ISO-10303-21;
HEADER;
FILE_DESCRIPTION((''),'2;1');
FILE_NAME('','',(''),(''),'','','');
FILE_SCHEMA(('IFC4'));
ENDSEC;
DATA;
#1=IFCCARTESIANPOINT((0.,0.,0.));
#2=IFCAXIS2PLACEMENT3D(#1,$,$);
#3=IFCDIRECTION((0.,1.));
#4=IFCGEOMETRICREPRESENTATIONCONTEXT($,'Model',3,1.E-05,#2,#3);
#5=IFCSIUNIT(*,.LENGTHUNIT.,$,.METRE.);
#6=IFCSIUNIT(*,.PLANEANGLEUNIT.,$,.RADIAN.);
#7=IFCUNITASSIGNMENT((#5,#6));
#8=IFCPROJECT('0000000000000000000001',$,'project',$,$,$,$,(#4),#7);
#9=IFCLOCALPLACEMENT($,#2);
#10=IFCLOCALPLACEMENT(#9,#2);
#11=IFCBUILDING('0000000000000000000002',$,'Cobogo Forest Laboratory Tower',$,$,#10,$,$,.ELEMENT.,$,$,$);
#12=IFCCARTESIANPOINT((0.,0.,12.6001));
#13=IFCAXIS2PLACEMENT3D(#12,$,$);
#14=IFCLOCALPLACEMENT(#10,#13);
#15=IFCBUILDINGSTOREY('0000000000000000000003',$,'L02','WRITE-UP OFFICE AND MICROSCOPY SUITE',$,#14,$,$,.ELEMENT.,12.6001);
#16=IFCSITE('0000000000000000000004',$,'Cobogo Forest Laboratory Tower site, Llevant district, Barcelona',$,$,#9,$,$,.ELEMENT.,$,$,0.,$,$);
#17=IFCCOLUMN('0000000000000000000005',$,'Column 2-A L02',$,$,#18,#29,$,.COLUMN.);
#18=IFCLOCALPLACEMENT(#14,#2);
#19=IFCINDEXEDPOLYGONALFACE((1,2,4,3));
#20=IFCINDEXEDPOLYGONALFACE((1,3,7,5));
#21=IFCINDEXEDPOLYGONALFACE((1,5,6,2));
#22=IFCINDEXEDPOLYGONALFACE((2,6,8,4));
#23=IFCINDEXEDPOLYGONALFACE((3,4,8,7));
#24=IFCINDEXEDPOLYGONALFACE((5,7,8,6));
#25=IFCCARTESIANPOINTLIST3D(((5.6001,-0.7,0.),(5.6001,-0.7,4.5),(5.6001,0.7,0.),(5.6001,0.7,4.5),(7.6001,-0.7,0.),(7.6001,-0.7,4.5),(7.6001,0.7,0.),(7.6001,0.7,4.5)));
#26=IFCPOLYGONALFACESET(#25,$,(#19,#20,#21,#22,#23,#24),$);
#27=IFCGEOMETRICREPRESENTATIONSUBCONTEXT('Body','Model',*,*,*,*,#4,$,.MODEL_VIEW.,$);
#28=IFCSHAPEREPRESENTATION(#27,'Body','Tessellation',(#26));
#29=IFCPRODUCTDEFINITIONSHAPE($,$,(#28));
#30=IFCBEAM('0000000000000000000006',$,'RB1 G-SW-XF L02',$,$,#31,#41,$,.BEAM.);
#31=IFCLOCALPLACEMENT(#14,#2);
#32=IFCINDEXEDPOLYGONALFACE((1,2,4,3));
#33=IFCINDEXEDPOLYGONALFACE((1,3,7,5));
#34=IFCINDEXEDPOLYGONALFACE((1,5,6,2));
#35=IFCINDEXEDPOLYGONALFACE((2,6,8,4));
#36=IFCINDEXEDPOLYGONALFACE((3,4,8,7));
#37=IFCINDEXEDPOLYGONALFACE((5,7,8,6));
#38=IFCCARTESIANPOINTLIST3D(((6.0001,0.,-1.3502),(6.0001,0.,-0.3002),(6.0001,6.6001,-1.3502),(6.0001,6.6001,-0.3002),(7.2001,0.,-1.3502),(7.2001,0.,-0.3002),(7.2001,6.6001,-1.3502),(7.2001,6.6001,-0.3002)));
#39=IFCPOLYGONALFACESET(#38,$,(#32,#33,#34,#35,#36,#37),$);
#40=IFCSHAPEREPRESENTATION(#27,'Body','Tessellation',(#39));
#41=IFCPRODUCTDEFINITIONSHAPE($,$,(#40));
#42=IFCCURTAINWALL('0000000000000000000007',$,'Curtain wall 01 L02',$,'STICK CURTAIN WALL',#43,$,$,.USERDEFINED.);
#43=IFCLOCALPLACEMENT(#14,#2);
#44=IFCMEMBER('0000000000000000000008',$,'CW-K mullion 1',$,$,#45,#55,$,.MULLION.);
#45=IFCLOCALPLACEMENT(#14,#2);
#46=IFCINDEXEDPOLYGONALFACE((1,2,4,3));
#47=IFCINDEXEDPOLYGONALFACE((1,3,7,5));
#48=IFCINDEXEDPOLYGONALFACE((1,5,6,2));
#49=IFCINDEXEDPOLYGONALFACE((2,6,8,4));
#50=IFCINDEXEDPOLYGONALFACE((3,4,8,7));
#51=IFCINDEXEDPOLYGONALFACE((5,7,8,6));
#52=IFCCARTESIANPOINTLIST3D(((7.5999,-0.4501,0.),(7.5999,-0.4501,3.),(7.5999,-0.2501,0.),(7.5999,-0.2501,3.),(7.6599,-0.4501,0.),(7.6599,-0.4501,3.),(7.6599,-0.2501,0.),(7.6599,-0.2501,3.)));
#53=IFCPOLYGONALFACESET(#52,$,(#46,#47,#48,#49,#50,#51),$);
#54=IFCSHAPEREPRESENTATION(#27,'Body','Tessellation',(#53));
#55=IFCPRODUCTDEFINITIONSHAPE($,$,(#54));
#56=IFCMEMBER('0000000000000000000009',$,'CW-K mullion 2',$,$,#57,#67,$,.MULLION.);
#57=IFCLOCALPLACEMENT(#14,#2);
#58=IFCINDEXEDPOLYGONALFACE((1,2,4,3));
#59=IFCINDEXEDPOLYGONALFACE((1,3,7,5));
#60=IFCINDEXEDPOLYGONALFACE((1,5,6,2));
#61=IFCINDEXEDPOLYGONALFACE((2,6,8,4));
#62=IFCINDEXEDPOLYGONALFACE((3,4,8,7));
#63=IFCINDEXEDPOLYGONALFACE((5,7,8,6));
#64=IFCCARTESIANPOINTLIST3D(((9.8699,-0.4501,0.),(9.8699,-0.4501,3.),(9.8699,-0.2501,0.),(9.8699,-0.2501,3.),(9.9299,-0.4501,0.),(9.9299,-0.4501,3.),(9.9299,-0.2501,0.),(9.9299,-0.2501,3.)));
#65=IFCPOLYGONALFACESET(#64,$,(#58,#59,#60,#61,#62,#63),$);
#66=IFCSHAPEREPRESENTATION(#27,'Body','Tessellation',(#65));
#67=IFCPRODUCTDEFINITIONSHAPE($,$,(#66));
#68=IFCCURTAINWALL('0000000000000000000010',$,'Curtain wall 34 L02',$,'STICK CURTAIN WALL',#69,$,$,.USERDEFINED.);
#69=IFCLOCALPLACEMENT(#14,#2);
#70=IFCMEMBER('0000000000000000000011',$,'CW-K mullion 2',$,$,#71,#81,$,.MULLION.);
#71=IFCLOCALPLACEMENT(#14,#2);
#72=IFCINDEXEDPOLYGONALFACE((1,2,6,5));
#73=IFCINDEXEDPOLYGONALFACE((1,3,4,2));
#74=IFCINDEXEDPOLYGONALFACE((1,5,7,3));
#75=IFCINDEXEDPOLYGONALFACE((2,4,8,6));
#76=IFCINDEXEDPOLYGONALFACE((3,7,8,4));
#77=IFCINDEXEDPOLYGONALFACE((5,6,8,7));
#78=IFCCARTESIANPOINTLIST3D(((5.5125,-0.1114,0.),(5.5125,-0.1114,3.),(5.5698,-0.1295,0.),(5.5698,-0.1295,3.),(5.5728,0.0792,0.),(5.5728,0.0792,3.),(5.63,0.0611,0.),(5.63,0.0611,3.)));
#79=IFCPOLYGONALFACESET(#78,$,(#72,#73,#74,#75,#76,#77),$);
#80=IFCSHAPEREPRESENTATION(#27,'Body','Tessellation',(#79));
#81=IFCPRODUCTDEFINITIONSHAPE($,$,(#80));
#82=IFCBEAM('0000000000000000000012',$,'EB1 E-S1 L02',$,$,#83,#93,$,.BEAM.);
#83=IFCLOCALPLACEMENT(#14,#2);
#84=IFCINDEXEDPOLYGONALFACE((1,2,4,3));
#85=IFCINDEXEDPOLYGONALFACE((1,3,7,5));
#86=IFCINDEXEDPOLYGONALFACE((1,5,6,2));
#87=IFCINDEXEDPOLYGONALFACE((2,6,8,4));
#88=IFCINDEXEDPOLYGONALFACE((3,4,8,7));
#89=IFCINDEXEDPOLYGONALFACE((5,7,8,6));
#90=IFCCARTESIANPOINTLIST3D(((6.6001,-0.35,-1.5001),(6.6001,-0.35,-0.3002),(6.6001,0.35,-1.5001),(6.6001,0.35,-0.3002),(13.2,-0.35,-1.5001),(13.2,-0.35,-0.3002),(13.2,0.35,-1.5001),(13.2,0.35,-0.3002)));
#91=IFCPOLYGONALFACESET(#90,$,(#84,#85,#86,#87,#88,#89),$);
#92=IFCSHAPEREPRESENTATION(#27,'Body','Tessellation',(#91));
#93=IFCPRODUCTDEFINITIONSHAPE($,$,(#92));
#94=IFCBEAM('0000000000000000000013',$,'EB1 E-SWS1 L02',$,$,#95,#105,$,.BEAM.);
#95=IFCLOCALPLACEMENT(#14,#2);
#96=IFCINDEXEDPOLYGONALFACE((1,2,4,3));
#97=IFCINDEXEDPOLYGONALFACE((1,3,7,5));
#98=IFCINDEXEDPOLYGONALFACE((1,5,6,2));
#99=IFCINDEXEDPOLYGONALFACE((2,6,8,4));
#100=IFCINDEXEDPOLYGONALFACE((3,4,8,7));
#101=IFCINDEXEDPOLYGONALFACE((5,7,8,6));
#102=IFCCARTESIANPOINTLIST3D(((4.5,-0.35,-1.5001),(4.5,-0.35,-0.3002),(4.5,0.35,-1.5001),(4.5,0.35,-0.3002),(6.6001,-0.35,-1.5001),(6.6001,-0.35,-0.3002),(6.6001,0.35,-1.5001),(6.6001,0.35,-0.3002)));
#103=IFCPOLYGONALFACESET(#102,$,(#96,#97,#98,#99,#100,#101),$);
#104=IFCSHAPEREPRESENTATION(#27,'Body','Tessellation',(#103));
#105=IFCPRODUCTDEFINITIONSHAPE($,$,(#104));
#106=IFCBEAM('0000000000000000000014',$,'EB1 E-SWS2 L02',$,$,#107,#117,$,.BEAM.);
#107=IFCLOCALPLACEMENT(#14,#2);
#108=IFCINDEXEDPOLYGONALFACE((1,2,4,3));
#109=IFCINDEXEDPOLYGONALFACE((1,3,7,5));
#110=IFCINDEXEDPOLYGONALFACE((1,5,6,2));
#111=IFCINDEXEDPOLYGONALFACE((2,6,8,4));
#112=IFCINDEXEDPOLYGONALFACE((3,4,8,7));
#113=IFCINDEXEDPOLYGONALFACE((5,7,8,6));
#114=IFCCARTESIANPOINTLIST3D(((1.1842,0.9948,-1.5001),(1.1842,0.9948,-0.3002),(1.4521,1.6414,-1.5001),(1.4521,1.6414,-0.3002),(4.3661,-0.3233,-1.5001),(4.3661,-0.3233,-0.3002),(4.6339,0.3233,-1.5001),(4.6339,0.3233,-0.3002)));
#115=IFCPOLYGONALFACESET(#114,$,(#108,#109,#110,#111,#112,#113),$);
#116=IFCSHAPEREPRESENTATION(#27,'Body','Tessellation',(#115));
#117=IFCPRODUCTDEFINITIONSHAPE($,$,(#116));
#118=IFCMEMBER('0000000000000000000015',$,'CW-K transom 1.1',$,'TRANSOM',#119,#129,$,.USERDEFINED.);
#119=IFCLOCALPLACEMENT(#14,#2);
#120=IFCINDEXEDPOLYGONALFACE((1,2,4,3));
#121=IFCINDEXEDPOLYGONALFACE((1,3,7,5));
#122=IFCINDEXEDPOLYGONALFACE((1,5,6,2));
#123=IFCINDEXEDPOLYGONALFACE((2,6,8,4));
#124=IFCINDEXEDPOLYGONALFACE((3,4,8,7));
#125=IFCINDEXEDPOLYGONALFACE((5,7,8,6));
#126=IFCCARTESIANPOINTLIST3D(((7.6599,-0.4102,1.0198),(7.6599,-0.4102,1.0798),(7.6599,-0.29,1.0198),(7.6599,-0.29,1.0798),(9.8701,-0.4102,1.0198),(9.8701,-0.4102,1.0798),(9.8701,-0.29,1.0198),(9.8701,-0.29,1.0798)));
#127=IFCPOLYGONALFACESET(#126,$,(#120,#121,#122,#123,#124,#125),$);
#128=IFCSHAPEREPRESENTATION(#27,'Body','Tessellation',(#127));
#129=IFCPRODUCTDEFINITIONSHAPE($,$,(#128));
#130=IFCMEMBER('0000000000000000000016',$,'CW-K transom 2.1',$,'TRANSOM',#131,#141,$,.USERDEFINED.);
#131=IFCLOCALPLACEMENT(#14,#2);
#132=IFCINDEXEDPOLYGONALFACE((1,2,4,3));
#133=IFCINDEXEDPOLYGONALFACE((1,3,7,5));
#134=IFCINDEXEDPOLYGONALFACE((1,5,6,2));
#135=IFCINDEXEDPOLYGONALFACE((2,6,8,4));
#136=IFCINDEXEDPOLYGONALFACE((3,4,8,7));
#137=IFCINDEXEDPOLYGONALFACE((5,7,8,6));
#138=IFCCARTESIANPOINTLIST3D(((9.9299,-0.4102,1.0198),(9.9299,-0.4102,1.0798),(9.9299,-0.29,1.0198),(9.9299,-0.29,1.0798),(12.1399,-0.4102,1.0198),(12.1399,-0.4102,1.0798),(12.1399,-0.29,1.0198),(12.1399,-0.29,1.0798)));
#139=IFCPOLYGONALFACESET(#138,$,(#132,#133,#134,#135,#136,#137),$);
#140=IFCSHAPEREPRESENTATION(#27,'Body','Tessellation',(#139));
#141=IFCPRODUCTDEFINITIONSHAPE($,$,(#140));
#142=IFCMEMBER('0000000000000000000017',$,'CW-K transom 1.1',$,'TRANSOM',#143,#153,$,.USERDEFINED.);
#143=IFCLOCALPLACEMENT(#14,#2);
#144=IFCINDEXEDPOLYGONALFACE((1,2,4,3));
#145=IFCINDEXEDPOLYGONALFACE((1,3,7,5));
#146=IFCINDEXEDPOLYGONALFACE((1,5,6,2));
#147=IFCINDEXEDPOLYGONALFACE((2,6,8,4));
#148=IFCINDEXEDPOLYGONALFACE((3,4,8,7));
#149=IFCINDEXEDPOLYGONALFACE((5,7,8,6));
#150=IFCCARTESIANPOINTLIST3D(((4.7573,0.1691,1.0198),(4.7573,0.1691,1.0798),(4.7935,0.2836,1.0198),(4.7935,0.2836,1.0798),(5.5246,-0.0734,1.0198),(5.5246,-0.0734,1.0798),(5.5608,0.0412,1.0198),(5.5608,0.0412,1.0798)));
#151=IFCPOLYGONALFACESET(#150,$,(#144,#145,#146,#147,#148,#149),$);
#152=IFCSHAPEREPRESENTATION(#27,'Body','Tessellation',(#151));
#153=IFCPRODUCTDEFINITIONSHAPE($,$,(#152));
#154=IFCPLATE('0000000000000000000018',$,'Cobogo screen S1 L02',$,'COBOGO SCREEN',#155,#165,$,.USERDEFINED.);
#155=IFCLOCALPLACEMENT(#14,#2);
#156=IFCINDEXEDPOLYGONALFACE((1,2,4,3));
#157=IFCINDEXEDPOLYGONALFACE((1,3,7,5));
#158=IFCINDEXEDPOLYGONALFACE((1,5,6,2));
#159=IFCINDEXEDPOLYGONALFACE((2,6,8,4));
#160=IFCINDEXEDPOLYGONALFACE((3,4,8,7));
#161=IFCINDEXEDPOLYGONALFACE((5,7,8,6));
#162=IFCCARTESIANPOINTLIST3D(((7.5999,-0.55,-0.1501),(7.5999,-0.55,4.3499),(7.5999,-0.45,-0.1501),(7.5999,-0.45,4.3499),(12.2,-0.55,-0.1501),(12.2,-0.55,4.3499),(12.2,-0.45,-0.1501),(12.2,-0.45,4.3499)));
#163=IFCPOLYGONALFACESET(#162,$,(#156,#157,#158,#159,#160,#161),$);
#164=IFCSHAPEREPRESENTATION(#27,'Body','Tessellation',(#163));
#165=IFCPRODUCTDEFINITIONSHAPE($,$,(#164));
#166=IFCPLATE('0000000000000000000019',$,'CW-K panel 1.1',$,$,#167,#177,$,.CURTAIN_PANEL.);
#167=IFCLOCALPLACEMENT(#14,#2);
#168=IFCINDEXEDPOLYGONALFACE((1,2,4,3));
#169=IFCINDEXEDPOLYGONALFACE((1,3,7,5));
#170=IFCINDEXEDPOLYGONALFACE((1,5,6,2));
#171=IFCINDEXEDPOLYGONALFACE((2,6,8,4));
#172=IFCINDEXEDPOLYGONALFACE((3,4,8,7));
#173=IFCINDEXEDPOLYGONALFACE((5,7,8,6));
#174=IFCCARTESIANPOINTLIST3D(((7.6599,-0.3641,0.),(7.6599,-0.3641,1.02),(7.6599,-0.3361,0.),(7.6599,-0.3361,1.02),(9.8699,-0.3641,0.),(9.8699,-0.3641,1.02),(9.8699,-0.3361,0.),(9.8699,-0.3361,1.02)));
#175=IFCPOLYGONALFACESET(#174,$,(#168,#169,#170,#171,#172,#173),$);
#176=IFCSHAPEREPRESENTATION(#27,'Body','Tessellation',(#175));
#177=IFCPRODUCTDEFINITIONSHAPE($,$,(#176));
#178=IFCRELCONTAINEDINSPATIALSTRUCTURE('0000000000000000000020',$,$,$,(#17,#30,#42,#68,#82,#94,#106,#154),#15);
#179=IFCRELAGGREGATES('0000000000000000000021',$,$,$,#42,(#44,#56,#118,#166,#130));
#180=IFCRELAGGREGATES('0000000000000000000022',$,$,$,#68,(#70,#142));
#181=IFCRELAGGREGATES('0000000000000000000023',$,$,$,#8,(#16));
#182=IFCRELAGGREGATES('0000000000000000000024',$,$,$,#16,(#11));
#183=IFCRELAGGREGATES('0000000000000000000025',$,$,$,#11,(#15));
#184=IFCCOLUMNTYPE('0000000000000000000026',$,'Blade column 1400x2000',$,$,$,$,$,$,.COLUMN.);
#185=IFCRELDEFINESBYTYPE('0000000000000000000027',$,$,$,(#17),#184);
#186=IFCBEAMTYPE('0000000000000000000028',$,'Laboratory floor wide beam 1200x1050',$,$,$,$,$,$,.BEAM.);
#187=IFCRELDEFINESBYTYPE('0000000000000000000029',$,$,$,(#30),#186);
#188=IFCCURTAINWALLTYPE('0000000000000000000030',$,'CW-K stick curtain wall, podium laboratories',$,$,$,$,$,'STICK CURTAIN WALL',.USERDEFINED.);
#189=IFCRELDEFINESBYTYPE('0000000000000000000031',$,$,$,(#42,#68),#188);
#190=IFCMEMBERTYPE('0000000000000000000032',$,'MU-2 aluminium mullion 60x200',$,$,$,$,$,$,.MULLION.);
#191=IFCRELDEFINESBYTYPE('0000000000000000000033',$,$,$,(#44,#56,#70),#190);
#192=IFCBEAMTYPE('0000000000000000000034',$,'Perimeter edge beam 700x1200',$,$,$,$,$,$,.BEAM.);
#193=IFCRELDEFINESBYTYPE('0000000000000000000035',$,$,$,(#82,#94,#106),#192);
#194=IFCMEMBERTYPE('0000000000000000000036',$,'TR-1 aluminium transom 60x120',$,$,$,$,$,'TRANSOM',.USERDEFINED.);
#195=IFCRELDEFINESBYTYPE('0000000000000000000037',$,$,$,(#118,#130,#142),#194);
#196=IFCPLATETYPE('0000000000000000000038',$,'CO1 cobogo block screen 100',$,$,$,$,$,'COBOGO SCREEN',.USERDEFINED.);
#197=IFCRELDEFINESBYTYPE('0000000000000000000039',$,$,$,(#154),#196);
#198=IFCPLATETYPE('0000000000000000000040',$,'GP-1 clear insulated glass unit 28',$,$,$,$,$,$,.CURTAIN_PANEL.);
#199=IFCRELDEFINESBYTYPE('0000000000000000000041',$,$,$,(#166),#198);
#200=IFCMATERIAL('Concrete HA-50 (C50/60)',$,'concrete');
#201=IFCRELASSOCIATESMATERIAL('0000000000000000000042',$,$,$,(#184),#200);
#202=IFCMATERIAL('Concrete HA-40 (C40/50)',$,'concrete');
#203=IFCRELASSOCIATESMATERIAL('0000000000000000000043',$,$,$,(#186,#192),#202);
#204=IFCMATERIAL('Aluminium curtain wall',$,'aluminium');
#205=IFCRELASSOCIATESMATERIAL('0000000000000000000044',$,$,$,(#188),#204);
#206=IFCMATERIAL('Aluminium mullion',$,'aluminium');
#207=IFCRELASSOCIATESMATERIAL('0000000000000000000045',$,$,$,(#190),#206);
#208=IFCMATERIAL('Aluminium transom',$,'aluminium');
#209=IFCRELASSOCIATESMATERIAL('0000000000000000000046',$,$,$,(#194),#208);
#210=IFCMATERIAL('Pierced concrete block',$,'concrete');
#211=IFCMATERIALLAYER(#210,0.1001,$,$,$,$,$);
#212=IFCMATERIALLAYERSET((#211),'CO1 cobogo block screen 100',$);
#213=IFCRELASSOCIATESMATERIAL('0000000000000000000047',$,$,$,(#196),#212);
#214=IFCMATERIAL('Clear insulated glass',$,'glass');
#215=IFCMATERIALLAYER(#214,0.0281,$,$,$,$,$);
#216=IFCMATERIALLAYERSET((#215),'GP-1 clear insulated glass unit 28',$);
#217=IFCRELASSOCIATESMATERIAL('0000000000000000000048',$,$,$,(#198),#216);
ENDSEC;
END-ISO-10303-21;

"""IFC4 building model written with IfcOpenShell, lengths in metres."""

from ifc_helpers import new_model, si_unit, direction, frame, origin, origin_2d, place, context, subcontext, project, spatial, rectangle, extrude, material, layer, layer_set, material_profile, profile_set, type_object, element, aggregate, save


model = new_model("IFC4")

# Units and contexts
model_context = context("Model", 3, precision=1e-05, world=origin(), true_north=direction((0.0, 1.0)))
body_context = subcontext(model_context, "Body", "Model", "MODEL_VIEW")
ifc_project = project(units=[si_unit("LENGTHUNIT", "METRE"), si_unit("PLANEANGLEUNIT", "RADIAN")], contexts=[model_context])

# Site, building, storey
site_placement = place(None, origin())
site = spatial("IfcSite", under=ifc_project, at=site_placement, Name="Cobogo Forest Laboratory Tower site, Llevant district, Barcelona", CompositionType="ELEMENT", RefElevation=0.0)
building_placement = place(site_placement, origin())
building = spatial("IfcBuilding", under=site, at=building_placement, Name="Cobogo Forest Laboratory Tower", CompositionType="ELEMENT")
storey_placement = place(building_placement, frame((0.0, 0.0, 12.6001)))
storey = spatial("IfcBuildingStorey", under=building, at=storey_placement, Name="L02", Description="WRITE-UP OFFICE AND MICROSCOPY SUITE", CompositionType="ELEMENT", Elevation=12.6001)

# Column
ifc_material_1 = material(Name="Concrete HA-50 (C50/60)", Category="concrete")
ifc_material_profile_1 = material_profile(ifc_material_1, rectangle(XDim=2.0, YDim=1.3999, at=origin_2d()), Name="RC 1400x2000")
ifc_profile_set_1 = profile_set([ifc_material_profile_1], Name="Concrete HA-50 (C50/60)")
column_type = type_object("IfcColumnType", Name="Blade column 1400x2000", PredefinedType="COLUMN", material=ifc_profile_set_1)
column_placement = place(storey_placement, frame((6.6001, 0.0, 0.0), z_axis=(0.0, 0.0, 1.0), x_axis=(1.0, 0.0, 0.0)))
element("IfcColumn", 1, at=column_placement, inside=storey, type_object=column_type, Name="Column 2-A L02", PredefinedType="COLUMN", context=body_context, shape_type="SweptSolid", body=[
    extrude(rectangle(XDim=2.0, YDim=1.3999, at=origin_2d()), origin(), (0.0, 0.0, 1.0), 4.5),
])

# Beam
ifc_material_2 = material(Name="Concrete HA-40 (C40/50)", Category="concrete")
ifc_material_profile_2 = material_profile(ifc_material_2, rectangle(XDim=1.2, YDim=1.05, at=origin_2d()), Name="RC 1200x1050")
ifc_profile_set_2 = profile_set([ifc_material_profile_2], Name="Concrete HA-40 (C40/50)")
beam_type_1 = type_object("IfcBeamType", Name="Laboratory floor wide beam 1200x1050", PredefinedType="BEAM", material=ifc_profile_set_2)
beam_1_placement = place(storey_placement, frame((6.6001, 0.0, -0.8252), z_axis=(0.0, 1.0, 0.0), x_axis=(-1.0, 0.0, 0.0)))
element("IfcBeam", 2, at=beam_1_placement, inside=storey, type_object=beam_type_1, Name="RB1 G-SW-XF L02", PredefinedType="BEAM", context=body_context, shape_type="SweptSolid", body=[
    extrude(rectangle(XDim=1.2, YDim=1.05, at=origin_2d()), origin(), (0.0, 0.0, 1.0), 6.6001),
])

# Curtain wall, members
ifc_material_3 = material(Name="Aluminium curtain wall", Category="aluminium")
curtain_wall_type = type_object("IfcCurtainWallType", Name="CW-K stick curtain wall, podium laboratories", ElementType="STICK CURTAIN WALL", PredefinedType="USERDEFINED", material=ifc_material_3)
curtain_wall_1_placement = place(storey_placement, origin())
curtain_wall_1 = element("IfcCurtainWall", 3, at=curtain_wall_1_placement, inside=storey, type_object=curtain_wall_type, Name="Curtain wall 01 L02", ObjectType="STICK CURTAIN WALL", PredefinedType="USERDEFINED")
ifc_material_4 = material(Name="Aluminium mullion", Category="aluminium")
ifc_material_profile_3 = material_profile(ifc_material_4, rectangle(XDim=0.0601, YDim=0.2, at=origin_2d()), Name="AL 60x200")
ifc_profile_set_3 = profile_set([ifc_material_profile_3], Name="Aluminium mullion")
member_type_1 = type_object("IfcMemberType", Name="MU-2 aluminium mullion 60x200", PredefinedType="MULLION", material=ifc_profile_set_3)
member_1_placement = place(storey_placement, frame((7.6299, -0.3501, 0.0), z_axis=(0.0, 0.0, 1.0), x_axis=(1.0, 0.0, 0.0)))
member_1 = element("IfcMember", 4, at=member_1_placement, type_object=member_type_1, Name="CW-K mullion 1", PredefinedType="MULLION", context=body_context, shape_type="SweptSolid", body=[
    extrude(rectangle(XDim=0.0601, YDim=0.2, at=origin_2d()), origin(), (0.0, 0.0, 1.0), 3.0),
])
member_2_placement = place(storey_placement, frame((9.8999, -0.3501, 0.0), z_axis=(0.0, 0.0, 1.0), x_axis=(1.0, 0.0, 0.0)))
member_2 = element("IfcMember", 5, at=member_2_placement, type_object=member_type_1, Name="CW-K mullion 2", PredefinedType="MULLION", context=body_context, shape_type="SweptSolid", body=[
    extrude(rectangle(XDim=0.0601, YDim=0.2, at=origin_2d()), origin(), (0.0, 0.0, 1.0), 3.0),
])

# Curtain wall, member
curtain_wall_2_placement = place(storey_placement, origin())
curtain_wall_2 = element("IfcCurtainWall", 6, at=curtain_wall_2_placement, inside=storey, type_object=curtain_wall_type, Name="Curtain wall 34 L02", ObjectType="STICK CURTAIN WALL", PredefinedType="USERDEFINED")
member_3_placement = place(storey_placement, frame((5.5713, -0.0251, 0.0), z_axis=(0.0, 0.0, 1.0), x_axis=(0.953581, -0.301135, 0.0)))
member_3 = element("IfcMember", 7, at=member_3_placement, type_object=member_type_1, Name="CW-K mullion 2", PredefinedType="MULLION", context=body_context, shape_type="SweptSolid", body=[
    extrude(rectangle(XDim=0.0601, YDim=0.2, at=origin_2d()), origin(), (0.0, 0.0, 1.0), 3.0),
])

# Beams
ifc_material_profile_4 = material_profile(ifc_material_2, rectangle(XDim=0.7, YDim=1.2, at=origin_2d()), Name="RC 700x1200")
ifc_profile_set_4 = profile_set([ifc_material_profile_4], Name="Concrete HA-40 (C40/50)")
beam_type_2 = type_object("IfcBeamType", Name="Perimeter edge beam 700x1200", PredefinedType="BEAM", material=ifc_profile_set_4)
beam_2_placement = place(storey_placement, frame((6.6001, 0.0, -0.9001), z_axis=(1.0, 0.0, 0.0), x_axis=(0.0, 1.0, 0.0)))
element("IfcBeam", 8, at=beam_2_placement, inside=storey, type_object=beam_type_2, Name="EB1 E-S1 L02", PredefinedType="BEAM", context=body_context, shape_type="SweptSolid", body=[
    extrude(rectangle(XDim=0.7, YDim=1.2, at=origin_2d()), origin(), (0.0, 0.0, 1.0), 6.5999),
])
beam_3_placement = place(storey_placement, frame((6.6001, 0.0, -0.9001), z_axis=(-1.0, 0.0, 0.0), x_axis=(0.0, -1.0, 0.0)))
element("IfcBeam", 9, at=beam_3_placement, inside=storey, type_object=beam_type_2, Name="EB1 E-SWS1 L02", PredefinedType="BEAM", context=body_context, shape_type="SweptSolid", body=[
    extrude(rectangle(XDim=0.7, YDim=1.2, at=origin_2d()), origin(), (0.0, 0.0, 1.0), 2.1001),
])
beam_4_placement = place(storey_placement, frame((4.5, 0.0, -0.9001), z_axis=(-0.923866, 0.382717, 0.0), x_axis=(-0.382717, -0.923866, 0.0)))
element("IfcBeam", 10, at=beam_4_placement, inside=storey, type_object=beam_type_2, Name="EB1 E-SWS2 L02", PredefinedType="BEAM", context=body_context, shape_type="SweptSolid", body=[
    extrude(rectangle(XDim=0.7, YDim=1.2, at=origin_2d()), origin(), (0.0, 0.0, 1.0), 3.4441),
])

# Members
ifc_material_5 = material(Name="Aluminium transom", Category="aluminium")
ifc_material_profile_5 = material_profile(ifc_material_5, rectangle(XDim=0.1201, YDim=0.0601, at=origin_2d()), Name="AL 60x120")
ifc_profile_set_5 = profile_set([ifc_material_profile_5], Name="Aluminium transom")
member_type_2 = type_object("IfcMemberType", Name="TR-1 aluminium transom 60x120", ElementType="TRANSOM", PredefinedType="USERDEFINED", material=ifc_profile_set_5)
member_4_placement = place(storey_placement, frame((7.6599, -0.3501, 1.0498), z_axis=(1.0, 0.0, 0.0), x_axis=(0.0, 1.0, 0.0)))
member_4 = element("IfcMember", 11, at=member_4_placement, type_object=member_type_2, Name="CW-K transom 1.1", ObjectType="TRANSOM", PredefinedType="USERDEFINED", context=body_context, shape_type="SweptSolid", body=[
    extrude(rectangle(XDim=0.1201, YDim=0.0601, at=origin_2d()), origin(), (0.0, 0.0, 1.0), 2.2102),
])
member_5_placement = place(storey_placement, frame((9.9299, -0.3501, 1.0498), z_axis=(1.0, 0.0, 0.0), x_axis=(0.0, 1.0, 0.0)))
member_5 = element("IfcMember", 12, at=member_5_placement, type_object=member_type_2, Name="CW-K transom 2.1", ObjectType="TRANSOM", PredefinedType="USERDEFINED", context=body_context, shape_type="SweptSolid", body=[
    extrude(rectangle(XDim=0.1201, YDim=0.0601, at=origin_2d()), origin(), (0.0, 0.0, 1.0), 2.21),
])
member_6_placement = place(storey_placement, frame((4.7754, 0.2263, 1.0498), z_axis=(0.953541, -0.301262, 0.0), x_axis=(0.301262, 0.953541, 0.0)))
member_6 = element("IfcMember", 13, at=member_6_placement, type_object=member_type_2, Name="CW-K transom 1.1", ObjectType="TRANSOM", PredefinedType="USERDEFINED", context=body_context, shape_type="SweptSolid", body=[
    extrude(rectangle(XDim=0.1201, YDim=0.0601, at=origin_2d()), origin(), (0.0, 0.0, 1.0), 0.8047),
])

# Plates
ifc_material_6 = material(Name="Pierced concrete block", Category="concrete")
ifc_layer_1 = layer(ifc_material_6, 0.1001)
ifc_layer_set_1 = layer_set([ifc_layer_1], Name="CO1 cobogo block screen 100")
plate_type_1 = type_object("IfcPlateType", Name="CO1 cobogo block screen 100", ElementType="COBOGO SCREEN", PredefinedType="USERDEFINED", material=ifc_layer_set_1)
plate_1_placement = place(storey_placement, frame((9.8999, -0.5, -0.1501), z_axis=(0.0, 0.0, 1.0), x_axis=(1.0, 0.0, 0.0)))
element("IfcPlate", 14, at=plate_1_placement, inside=storey, type_object=plate_type_1, Name="Cobogo screen S1 L02", ObjectType="COBOGO SCREEN", PredefinedType="USERDEFINED", context=body_context, shape_type="SweptSolid", body=[
    extrude(rectangle(XDim=4.6001, YDim=0.1001, at=origin_2d()), origin(), (0.0, 0.0, 1.0), 4.5),
])
ifc_material_7 = material(Name="Clear insulated glass", Category="glass")
ifc_layer_2 = layer(ifc_material_7, 0.0281)
ifc_layer_set_2 = layer_set([ifc_layer_2], Name="GP-1 clear insulated glass unit 28")
plate_type_2 = type_object("IfcPlateType", Name="GP-1 clear insulated glass unit 28", PredefinedType="CURTAIN_PANEL", material=ifc_layer_set_2)
plate_2_placement = place(storey_placement, frame((8.7649, -0.3501, 0.0), z_axis=(0.0, 0.0, 1.0), x_axis=(1.0, 0.0, 0.0)))
plate_2 = element("IfcPlate", 15, at=plate_2_placement, type_object=plate_type_2, Name="CW-K panel 1.1", PredefinedType="CURTAIN_PANEL", context=body_context, shape_type="SweptSolid", body=[
    extrude(rectangle(XDim=2.21, YDim=0.0281, at=origin_2d()), origin(), (0.0, 0.0, 1.0), 1.02),
])
aggregate(curtain_wall_1, [member_1, member_2, member_4, plate_2, member_5])
aggregate(curtain_wall_2, [member_3, member_6])

save(model, "model.ifc")
